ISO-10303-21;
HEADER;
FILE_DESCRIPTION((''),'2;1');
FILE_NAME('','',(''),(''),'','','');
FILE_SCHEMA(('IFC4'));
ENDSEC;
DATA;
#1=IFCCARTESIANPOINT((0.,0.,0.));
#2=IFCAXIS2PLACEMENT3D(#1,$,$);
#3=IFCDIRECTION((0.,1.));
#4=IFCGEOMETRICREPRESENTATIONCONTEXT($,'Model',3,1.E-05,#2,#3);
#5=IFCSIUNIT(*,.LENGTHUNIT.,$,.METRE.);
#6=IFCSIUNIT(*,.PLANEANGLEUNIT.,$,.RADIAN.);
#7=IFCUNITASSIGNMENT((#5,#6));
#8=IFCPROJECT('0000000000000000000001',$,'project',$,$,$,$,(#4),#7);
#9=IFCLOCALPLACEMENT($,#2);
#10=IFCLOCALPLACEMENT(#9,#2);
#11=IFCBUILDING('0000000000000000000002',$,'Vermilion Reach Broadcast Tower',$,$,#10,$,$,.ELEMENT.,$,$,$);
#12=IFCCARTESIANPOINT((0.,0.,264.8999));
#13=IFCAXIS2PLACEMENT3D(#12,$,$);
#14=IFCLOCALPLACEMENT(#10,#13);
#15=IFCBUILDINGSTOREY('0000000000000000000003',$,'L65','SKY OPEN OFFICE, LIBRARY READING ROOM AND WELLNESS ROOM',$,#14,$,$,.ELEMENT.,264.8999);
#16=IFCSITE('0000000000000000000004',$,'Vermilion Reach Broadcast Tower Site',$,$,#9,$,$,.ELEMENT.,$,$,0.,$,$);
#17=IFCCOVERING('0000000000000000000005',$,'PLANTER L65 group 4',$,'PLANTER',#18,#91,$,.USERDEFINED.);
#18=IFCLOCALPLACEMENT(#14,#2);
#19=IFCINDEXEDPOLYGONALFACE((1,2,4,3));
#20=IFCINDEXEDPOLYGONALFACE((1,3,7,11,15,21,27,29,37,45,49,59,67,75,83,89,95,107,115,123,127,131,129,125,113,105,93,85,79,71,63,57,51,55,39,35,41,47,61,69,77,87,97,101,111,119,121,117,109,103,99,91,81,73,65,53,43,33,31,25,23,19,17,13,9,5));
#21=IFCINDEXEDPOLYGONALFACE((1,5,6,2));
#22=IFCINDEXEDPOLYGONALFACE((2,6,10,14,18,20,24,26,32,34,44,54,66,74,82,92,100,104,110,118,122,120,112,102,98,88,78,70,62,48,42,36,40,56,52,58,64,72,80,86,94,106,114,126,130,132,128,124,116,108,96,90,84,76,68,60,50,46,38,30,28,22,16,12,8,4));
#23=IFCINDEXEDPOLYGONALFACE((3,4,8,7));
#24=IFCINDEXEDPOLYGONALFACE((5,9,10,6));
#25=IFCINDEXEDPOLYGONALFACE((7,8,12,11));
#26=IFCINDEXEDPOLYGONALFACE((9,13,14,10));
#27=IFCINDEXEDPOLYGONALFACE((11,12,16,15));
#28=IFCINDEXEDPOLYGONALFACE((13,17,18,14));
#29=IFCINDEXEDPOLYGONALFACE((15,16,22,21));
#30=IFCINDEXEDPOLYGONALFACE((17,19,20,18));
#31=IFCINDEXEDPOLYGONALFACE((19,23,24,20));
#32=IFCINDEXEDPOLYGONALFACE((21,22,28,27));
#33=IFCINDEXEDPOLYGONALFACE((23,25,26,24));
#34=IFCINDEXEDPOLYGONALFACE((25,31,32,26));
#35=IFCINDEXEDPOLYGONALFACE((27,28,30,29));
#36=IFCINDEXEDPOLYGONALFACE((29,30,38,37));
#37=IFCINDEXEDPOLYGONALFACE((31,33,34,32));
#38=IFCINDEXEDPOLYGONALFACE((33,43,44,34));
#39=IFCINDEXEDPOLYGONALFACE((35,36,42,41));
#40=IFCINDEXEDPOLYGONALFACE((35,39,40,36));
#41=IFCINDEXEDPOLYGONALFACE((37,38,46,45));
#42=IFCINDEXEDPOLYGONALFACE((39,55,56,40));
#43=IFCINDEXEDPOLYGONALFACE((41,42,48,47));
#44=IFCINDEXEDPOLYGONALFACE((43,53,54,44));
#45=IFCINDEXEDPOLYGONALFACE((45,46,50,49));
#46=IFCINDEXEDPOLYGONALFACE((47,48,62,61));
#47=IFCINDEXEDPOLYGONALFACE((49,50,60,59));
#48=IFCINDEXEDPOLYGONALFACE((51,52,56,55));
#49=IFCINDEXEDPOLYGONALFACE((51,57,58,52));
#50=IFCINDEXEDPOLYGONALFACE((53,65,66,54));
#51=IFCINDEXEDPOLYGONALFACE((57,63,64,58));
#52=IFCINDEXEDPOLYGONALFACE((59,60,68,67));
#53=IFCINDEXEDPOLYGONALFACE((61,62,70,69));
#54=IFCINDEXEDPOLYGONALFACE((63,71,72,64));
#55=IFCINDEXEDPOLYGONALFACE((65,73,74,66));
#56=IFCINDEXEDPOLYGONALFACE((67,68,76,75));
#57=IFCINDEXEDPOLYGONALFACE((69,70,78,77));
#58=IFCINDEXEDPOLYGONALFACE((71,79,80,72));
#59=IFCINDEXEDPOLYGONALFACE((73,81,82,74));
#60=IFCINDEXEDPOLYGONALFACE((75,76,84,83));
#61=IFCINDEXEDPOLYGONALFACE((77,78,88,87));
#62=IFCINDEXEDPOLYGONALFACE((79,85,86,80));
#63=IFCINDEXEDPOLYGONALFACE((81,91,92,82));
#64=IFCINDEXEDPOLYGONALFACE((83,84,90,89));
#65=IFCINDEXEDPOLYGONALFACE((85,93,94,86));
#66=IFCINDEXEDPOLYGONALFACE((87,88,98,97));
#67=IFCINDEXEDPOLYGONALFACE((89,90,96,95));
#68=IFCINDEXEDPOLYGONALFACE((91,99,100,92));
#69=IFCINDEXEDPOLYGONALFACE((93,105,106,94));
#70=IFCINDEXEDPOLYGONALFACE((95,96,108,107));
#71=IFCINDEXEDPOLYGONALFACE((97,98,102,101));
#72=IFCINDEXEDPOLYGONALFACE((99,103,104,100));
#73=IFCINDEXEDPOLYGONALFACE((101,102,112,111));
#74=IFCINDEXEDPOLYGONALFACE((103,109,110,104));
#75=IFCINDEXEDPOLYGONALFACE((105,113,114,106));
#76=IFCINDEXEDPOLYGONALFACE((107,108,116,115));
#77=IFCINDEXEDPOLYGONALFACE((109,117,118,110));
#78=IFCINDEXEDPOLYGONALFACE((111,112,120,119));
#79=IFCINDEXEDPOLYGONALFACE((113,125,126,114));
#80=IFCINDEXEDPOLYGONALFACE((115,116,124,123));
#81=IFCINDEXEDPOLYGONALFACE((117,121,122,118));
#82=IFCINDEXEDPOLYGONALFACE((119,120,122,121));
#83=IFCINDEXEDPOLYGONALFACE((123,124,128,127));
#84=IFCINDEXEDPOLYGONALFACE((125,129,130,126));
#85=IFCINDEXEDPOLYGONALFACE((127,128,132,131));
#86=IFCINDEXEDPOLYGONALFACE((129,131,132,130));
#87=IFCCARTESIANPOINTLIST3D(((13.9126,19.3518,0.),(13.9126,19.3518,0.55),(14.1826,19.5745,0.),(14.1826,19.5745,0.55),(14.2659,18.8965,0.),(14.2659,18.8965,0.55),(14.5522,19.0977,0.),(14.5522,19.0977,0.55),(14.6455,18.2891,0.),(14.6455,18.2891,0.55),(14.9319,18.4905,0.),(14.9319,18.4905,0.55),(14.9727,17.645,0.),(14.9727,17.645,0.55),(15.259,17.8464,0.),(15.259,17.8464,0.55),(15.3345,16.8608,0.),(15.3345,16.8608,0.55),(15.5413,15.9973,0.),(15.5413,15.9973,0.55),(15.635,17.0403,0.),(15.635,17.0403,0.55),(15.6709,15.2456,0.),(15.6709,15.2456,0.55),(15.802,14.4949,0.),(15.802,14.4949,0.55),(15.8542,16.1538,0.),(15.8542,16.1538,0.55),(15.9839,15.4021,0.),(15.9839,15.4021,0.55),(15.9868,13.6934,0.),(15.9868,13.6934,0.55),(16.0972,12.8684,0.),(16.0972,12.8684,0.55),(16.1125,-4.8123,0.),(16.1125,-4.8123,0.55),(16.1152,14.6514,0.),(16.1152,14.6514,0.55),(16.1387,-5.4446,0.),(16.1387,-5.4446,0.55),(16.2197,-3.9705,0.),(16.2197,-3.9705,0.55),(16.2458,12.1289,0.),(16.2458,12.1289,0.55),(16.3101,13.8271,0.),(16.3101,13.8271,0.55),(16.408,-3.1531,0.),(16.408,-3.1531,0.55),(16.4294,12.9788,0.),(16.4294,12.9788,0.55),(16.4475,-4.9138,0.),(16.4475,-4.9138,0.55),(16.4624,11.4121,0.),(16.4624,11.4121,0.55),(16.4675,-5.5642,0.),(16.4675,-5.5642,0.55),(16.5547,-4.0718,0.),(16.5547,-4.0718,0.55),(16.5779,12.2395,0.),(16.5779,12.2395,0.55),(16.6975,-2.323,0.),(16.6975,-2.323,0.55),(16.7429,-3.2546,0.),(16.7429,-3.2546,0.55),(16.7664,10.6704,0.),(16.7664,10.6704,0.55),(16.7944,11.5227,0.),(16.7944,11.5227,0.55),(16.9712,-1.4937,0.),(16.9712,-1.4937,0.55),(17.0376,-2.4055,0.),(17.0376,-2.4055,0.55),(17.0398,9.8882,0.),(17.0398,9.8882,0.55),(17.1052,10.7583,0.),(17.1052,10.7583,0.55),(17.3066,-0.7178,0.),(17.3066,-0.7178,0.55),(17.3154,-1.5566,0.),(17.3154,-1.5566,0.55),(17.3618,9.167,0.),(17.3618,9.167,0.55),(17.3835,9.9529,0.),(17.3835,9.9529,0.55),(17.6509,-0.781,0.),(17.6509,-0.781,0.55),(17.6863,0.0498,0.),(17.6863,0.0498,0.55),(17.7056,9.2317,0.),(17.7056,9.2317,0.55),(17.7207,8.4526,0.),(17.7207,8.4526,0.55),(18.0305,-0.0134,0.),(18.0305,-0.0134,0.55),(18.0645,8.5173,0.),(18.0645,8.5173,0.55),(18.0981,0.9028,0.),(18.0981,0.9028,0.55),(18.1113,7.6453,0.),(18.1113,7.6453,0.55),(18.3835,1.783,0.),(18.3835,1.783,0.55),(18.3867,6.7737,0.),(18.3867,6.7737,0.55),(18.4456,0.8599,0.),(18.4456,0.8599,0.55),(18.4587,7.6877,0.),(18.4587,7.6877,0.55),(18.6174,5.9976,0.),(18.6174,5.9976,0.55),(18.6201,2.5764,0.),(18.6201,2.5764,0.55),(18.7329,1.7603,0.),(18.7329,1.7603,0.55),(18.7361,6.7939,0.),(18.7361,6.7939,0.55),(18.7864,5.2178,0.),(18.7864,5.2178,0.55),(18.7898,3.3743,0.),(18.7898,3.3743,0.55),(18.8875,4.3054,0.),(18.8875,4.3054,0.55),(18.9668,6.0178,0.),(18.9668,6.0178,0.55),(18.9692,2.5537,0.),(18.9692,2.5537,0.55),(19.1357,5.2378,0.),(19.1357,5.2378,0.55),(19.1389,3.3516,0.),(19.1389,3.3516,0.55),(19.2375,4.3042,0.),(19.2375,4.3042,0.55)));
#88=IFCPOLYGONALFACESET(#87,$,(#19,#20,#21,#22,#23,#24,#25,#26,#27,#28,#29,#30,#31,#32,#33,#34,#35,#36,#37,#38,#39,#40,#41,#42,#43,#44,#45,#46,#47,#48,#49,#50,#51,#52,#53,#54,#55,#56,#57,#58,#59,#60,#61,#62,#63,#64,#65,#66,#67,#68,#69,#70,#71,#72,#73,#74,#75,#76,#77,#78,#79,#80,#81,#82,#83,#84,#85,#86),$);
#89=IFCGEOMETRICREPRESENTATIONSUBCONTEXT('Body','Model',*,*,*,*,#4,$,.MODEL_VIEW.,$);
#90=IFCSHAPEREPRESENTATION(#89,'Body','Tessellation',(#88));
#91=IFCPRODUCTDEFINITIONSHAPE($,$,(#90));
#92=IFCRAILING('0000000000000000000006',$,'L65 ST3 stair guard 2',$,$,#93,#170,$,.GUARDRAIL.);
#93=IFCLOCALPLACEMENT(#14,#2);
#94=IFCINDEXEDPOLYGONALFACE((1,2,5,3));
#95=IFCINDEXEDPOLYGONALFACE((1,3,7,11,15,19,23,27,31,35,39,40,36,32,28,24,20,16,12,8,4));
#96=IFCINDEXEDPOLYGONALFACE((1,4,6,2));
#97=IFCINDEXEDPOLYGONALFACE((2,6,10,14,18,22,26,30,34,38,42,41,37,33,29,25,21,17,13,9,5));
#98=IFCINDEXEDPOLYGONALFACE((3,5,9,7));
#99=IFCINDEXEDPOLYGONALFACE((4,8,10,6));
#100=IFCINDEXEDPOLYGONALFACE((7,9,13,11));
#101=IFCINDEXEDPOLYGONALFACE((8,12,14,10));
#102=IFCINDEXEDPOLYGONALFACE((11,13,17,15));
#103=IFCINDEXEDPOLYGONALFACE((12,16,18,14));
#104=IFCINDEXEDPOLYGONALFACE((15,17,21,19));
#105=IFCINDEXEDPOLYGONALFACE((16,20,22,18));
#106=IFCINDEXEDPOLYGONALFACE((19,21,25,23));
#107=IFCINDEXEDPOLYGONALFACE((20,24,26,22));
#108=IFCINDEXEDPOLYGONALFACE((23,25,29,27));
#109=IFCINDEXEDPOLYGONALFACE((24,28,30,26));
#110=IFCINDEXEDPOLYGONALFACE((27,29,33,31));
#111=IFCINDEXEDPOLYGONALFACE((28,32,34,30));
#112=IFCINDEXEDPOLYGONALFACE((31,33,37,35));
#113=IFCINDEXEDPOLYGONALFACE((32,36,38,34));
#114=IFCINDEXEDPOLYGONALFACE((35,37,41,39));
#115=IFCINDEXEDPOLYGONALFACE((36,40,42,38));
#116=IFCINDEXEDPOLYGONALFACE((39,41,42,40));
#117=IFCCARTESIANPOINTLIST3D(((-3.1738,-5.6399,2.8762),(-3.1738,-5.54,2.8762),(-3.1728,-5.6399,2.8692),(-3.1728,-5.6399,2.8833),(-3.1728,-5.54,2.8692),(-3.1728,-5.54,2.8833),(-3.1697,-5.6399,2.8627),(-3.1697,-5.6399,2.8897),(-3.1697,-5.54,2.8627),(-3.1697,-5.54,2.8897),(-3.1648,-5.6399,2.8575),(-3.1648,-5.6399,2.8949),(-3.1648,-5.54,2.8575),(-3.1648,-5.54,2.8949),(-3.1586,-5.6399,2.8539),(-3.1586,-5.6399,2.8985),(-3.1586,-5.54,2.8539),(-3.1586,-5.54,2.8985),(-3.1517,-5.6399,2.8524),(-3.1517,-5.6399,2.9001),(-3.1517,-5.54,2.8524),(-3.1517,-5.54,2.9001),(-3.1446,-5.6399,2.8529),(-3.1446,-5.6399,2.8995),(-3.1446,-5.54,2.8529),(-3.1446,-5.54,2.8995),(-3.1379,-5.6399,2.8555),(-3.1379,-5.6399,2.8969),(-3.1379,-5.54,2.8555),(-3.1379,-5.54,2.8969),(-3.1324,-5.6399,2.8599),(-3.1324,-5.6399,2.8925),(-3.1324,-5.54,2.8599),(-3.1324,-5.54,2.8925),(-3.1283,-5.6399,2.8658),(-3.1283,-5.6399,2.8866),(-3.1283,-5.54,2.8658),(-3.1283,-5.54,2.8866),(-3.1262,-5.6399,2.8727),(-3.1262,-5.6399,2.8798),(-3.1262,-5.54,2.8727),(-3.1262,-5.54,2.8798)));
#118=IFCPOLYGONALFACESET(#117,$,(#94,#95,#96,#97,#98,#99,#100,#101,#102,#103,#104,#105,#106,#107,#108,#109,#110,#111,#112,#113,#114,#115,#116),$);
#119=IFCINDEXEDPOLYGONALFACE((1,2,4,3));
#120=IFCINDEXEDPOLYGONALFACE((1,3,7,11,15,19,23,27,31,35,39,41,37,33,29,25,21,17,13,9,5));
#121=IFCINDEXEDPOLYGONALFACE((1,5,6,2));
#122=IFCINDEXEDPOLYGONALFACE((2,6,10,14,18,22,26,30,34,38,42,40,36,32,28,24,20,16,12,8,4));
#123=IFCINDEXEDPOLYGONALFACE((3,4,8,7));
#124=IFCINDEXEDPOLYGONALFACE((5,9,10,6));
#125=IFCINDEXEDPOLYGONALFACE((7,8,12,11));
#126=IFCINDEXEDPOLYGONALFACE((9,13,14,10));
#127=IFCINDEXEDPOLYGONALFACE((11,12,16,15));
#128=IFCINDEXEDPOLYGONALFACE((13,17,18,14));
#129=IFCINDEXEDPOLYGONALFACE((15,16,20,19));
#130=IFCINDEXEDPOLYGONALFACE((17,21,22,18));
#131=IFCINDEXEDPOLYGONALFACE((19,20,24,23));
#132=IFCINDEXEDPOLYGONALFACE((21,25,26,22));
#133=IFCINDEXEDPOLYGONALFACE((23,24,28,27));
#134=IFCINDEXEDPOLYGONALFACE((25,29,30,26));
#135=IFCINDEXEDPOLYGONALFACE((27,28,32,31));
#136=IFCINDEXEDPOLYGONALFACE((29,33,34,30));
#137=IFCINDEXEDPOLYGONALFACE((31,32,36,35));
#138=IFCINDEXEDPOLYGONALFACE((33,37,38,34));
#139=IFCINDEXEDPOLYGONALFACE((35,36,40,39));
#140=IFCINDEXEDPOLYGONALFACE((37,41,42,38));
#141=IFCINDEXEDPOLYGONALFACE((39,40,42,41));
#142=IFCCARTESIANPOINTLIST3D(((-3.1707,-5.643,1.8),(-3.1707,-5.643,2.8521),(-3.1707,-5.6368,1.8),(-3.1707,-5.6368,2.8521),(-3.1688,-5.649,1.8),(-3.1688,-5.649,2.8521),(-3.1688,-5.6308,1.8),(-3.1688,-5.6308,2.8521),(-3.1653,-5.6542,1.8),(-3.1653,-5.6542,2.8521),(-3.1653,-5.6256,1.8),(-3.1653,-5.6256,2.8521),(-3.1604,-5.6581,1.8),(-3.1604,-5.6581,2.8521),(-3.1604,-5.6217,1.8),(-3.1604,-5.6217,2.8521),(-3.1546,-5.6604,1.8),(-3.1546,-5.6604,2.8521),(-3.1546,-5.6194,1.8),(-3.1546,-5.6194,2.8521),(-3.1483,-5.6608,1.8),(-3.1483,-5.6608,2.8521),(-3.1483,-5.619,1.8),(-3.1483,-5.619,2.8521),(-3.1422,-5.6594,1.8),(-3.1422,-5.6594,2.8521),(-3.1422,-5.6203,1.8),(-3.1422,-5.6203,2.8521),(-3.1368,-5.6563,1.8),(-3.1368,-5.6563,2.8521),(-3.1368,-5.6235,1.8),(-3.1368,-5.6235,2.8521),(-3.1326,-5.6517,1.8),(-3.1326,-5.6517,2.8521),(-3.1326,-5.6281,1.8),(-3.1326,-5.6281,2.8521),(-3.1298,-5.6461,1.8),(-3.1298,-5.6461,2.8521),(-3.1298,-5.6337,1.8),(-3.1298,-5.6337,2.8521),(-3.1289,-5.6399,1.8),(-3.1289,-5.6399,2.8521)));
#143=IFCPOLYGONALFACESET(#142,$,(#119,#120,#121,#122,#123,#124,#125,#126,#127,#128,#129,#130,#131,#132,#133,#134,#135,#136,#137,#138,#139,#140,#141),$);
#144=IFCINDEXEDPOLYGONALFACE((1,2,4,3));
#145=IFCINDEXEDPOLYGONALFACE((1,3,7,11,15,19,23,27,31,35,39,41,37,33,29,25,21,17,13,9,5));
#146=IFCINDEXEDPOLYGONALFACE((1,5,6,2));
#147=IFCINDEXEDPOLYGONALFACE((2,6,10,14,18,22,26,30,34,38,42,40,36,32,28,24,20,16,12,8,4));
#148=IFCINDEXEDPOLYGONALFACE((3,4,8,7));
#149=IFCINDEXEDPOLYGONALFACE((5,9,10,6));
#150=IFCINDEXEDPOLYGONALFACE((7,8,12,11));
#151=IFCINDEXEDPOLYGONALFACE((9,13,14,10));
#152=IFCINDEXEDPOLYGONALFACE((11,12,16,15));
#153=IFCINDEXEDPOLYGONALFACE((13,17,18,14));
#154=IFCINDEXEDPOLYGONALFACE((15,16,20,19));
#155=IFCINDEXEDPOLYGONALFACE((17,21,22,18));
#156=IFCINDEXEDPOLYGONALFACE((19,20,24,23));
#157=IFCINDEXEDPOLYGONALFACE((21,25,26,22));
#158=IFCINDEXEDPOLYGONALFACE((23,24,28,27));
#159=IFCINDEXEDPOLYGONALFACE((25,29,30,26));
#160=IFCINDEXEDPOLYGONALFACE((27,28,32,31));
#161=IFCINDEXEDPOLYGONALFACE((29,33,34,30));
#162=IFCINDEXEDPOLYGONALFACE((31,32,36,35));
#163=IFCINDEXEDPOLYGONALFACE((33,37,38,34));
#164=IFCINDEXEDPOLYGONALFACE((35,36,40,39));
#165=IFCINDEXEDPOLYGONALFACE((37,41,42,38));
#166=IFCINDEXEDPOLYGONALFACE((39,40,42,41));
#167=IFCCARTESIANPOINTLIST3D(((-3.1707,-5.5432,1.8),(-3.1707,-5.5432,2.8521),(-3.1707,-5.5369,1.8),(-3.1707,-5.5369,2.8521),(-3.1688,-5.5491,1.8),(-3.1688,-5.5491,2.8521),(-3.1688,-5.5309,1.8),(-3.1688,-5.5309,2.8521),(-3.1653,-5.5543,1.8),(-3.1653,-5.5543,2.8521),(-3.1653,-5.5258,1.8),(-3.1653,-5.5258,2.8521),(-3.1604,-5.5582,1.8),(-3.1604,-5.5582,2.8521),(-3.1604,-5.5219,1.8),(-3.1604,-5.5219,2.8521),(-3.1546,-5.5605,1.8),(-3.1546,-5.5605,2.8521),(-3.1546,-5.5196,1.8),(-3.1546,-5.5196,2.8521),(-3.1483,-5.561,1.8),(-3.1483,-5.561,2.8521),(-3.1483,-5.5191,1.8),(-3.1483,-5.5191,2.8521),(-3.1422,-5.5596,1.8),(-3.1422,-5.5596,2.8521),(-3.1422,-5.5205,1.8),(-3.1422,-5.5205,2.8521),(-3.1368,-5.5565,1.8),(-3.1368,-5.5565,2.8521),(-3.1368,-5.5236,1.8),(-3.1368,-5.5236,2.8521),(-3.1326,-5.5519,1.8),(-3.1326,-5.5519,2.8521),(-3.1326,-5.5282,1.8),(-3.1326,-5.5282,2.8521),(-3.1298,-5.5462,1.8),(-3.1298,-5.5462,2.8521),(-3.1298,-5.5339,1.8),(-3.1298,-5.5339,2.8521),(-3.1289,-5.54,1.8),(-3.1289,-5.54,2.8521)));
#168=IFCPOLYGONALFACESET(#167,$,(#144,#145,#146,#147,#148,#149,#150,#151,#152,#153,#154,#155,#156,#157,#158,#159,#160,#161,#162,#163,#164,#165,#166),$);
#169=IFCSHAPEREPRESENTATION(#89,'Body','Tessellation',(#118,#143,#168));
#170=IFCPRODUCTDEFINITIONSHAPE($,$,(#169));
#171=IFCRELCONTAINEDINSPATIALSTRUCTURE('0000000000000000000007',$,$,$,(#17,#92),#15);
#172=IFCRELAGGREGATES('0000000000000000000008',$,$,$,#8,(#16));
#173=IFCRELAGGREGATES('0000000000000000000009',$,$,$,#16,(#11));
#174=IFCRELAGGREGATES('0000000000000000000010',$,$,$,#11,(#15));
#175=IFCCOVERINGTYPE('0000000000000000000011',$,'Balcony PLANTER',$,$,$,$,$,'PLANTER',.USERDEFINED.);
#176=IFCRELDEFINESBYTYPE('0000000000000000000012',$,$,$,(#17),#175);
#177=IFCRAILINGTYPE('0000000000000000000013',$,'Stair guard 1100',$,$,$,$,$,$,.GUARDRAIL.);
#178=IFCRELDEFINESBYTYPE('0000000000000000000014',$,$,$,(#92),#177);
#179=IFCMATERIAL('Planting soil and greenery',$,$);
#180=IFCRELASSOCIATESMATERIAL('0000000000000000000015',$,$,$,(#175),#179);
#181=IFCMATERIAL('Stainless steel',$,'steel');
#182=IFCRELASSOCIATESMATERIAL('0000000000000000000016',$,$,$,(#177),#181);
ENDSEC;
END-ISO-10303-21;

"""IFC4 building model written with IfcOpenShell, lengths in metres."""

from ifc_helpers import new_model, si_unit, direction, frame, origin, origin_2d, place, context, subcontext, project, spatial, polyline, circle, outline, extrude, material, type_object, element, save


model = new_model("IFC4")

# Units and contexts
model_context = context("Model", 3, precision=1e-05, world=origin(), true_north=direction((0.0, 1.0)))
body_context = subcontext(model_context, "Body", "Model", "MODEL_VIEW")
ifc_project = project(units=[si_unit("LENGTHUNIT", "METRE"), si_unit("PLANEANGLEUNIT", "RADIAN")], contexts=[model_context])

# Site, building, storey
site_placement = place(None, origin())
site = spatial("IfcSite", under=ifc_project, at=site_placement, Name="Vermilion Reach Broadcast Tower Site", CompositionType="ELEMENT", RefElevation=0.0)
building_placement = place(site_placement, origin())
building = spatial("IfcBuilding", under=site, at=building_placement, Name="Vermilion Reach Broadcast Tower", CompositionType="ELEMENT")
storey_placement = place(building_placement, frame((0.0, 0.0, 264.8999)))
storey = spatial("IfcBuildingStorey", under=building, at=storey_placement, Name="L65", Description="SKY OPEN OFFICE, LIBRARY READING ROOM AND WELLNESS ROOM", CompositionType="ELEMENT", Elevation=264.8999)

# Shared definitions
placement_1 = place(storey_placement, origin())

# Covering
ifc_material_1 = material(Name="Planting soil and greenery")
covering_type = type_object("IfcCoveringType", Name="Balcony PLANTER", ElementType="PLANTER", PredefinedType="USERDEFINED", material=ifc_material_1)
element("IfcCovering", 1, at=placement_1, inside=storey, type_object=covering_type, Name="PLANTER L65 group 4", ObjectType="PLANTER", PredefinedType="USERDEFINED", context=body_context, shape_type="SweptSolid", body=[
    extrude(outline(polyline([(16.4675, -5.5642), (16.4475, -4.9138), (16.5547, -4.0718), (16.7429, -3.2546), (17.0376, -2.4055), (17.3154, -1.5566), (17.6509, -0.781), (18.0305, -0.0134), (18.4456, 0.8599), (18.7329, 1.7603), (18.9692, 2.5537), (19.1389, 3.3516), (19.2375, 4.3042), (19.1357, 5.2378), (18.9668, 6.0178), (18.7361, 6.7939), (18.4587, 7.6877), (18.0645, 8.5173), (17.7056, 9.2317), (17.3835, 9.9529), (17.1052, 10.7583), (16.7944, 11.5227), (16.5779, 12.2395), (16.4294, 12.9788), (16.3101, 13.8271), (16.1152, 14.6514), (15.9839, 15.4021), (15.8542, 16.1538), (15.635, 17.0403), (15.259, 17.8464), (14.9319, 18.4905), (14.5522, 19.0977), (14.1826, 19.5745), (13.9126, 19.3518), (14.2659, 18.8965), (14.6455, 18.2891), (14.9727, 17.645), (15.3345, 16.8608), (15.5413, 15.9973), (15.6709, 15.2456), (15.802, 14.4949), (15.9868, 13.6934), (16.0972, 12.8684), (16.2458, 12.1289), (16.4624, 11.4121), (16.7664, 10.6704), (17.0398, 9.8882), (17.3618, 9.167), (17.7207, 8.4526), (18.1113, 7.6453), (18.3867, 6.7737), (18.6174, 5.9976), (18.7864, 5.2178), (18.8875, 4.3054), (18.7898, 3.3743), (18.6201, 2.5764), (18.3835, 1.783), (18.0981, 0.9028), (17.6863, 0.0498), (17.3066, -0.7178), (16.9712, -1.4937), (16.6975, -2.323), (16.408, -3.1531), (16.2197, -3.9705), (16.1125, -4.8123), (16.1387, -5.4446), (16.4675, -5.5642)])), origin(), (0.0, 0.0, 1.0), 0.55),
])

# Railing
ifc_material_2 = material(Name="Stainless steel", Category="steel")
railing_type_1 = type_object("IfcRailingType", Name="Stair guard 1100", PredefinedType="GUARDRAIL", material=ifc_material_2)
railing_1_placement = place(storey_placement, frame((-3.1499, -5.6399, 1.8)))
element("IfcRailing", 2, at=railing_1_placement, inside=storey, type_object=railing_type_1, Name="L65 ST3 stair guard 2", PredefinedType="GUARDRAIL", context=body_context, shape_type="SweptSolid", body=[
    extrude(circle(Radius=0.0239, at=origin_2d()), frame((0.0, 0.0, 1.0762), z_axis=(0.0, 1.0, 0.0), x_axis=(-1.0, 0.0, 0.0)), (0.0, 0.0, 1.0), 0.0999),
    extrude(circle(Radius=0.021, at=origin_2d()), origin(), (0.0, 0.0, 1.0), 1.052),
    extrude(circle(Radius=0.021, at=origin_2d()), frame((0.0, 0.0999, 0.0)), (0.0, 0.0, 1.0), 1.052),
])

save(model, "model.ifc")
